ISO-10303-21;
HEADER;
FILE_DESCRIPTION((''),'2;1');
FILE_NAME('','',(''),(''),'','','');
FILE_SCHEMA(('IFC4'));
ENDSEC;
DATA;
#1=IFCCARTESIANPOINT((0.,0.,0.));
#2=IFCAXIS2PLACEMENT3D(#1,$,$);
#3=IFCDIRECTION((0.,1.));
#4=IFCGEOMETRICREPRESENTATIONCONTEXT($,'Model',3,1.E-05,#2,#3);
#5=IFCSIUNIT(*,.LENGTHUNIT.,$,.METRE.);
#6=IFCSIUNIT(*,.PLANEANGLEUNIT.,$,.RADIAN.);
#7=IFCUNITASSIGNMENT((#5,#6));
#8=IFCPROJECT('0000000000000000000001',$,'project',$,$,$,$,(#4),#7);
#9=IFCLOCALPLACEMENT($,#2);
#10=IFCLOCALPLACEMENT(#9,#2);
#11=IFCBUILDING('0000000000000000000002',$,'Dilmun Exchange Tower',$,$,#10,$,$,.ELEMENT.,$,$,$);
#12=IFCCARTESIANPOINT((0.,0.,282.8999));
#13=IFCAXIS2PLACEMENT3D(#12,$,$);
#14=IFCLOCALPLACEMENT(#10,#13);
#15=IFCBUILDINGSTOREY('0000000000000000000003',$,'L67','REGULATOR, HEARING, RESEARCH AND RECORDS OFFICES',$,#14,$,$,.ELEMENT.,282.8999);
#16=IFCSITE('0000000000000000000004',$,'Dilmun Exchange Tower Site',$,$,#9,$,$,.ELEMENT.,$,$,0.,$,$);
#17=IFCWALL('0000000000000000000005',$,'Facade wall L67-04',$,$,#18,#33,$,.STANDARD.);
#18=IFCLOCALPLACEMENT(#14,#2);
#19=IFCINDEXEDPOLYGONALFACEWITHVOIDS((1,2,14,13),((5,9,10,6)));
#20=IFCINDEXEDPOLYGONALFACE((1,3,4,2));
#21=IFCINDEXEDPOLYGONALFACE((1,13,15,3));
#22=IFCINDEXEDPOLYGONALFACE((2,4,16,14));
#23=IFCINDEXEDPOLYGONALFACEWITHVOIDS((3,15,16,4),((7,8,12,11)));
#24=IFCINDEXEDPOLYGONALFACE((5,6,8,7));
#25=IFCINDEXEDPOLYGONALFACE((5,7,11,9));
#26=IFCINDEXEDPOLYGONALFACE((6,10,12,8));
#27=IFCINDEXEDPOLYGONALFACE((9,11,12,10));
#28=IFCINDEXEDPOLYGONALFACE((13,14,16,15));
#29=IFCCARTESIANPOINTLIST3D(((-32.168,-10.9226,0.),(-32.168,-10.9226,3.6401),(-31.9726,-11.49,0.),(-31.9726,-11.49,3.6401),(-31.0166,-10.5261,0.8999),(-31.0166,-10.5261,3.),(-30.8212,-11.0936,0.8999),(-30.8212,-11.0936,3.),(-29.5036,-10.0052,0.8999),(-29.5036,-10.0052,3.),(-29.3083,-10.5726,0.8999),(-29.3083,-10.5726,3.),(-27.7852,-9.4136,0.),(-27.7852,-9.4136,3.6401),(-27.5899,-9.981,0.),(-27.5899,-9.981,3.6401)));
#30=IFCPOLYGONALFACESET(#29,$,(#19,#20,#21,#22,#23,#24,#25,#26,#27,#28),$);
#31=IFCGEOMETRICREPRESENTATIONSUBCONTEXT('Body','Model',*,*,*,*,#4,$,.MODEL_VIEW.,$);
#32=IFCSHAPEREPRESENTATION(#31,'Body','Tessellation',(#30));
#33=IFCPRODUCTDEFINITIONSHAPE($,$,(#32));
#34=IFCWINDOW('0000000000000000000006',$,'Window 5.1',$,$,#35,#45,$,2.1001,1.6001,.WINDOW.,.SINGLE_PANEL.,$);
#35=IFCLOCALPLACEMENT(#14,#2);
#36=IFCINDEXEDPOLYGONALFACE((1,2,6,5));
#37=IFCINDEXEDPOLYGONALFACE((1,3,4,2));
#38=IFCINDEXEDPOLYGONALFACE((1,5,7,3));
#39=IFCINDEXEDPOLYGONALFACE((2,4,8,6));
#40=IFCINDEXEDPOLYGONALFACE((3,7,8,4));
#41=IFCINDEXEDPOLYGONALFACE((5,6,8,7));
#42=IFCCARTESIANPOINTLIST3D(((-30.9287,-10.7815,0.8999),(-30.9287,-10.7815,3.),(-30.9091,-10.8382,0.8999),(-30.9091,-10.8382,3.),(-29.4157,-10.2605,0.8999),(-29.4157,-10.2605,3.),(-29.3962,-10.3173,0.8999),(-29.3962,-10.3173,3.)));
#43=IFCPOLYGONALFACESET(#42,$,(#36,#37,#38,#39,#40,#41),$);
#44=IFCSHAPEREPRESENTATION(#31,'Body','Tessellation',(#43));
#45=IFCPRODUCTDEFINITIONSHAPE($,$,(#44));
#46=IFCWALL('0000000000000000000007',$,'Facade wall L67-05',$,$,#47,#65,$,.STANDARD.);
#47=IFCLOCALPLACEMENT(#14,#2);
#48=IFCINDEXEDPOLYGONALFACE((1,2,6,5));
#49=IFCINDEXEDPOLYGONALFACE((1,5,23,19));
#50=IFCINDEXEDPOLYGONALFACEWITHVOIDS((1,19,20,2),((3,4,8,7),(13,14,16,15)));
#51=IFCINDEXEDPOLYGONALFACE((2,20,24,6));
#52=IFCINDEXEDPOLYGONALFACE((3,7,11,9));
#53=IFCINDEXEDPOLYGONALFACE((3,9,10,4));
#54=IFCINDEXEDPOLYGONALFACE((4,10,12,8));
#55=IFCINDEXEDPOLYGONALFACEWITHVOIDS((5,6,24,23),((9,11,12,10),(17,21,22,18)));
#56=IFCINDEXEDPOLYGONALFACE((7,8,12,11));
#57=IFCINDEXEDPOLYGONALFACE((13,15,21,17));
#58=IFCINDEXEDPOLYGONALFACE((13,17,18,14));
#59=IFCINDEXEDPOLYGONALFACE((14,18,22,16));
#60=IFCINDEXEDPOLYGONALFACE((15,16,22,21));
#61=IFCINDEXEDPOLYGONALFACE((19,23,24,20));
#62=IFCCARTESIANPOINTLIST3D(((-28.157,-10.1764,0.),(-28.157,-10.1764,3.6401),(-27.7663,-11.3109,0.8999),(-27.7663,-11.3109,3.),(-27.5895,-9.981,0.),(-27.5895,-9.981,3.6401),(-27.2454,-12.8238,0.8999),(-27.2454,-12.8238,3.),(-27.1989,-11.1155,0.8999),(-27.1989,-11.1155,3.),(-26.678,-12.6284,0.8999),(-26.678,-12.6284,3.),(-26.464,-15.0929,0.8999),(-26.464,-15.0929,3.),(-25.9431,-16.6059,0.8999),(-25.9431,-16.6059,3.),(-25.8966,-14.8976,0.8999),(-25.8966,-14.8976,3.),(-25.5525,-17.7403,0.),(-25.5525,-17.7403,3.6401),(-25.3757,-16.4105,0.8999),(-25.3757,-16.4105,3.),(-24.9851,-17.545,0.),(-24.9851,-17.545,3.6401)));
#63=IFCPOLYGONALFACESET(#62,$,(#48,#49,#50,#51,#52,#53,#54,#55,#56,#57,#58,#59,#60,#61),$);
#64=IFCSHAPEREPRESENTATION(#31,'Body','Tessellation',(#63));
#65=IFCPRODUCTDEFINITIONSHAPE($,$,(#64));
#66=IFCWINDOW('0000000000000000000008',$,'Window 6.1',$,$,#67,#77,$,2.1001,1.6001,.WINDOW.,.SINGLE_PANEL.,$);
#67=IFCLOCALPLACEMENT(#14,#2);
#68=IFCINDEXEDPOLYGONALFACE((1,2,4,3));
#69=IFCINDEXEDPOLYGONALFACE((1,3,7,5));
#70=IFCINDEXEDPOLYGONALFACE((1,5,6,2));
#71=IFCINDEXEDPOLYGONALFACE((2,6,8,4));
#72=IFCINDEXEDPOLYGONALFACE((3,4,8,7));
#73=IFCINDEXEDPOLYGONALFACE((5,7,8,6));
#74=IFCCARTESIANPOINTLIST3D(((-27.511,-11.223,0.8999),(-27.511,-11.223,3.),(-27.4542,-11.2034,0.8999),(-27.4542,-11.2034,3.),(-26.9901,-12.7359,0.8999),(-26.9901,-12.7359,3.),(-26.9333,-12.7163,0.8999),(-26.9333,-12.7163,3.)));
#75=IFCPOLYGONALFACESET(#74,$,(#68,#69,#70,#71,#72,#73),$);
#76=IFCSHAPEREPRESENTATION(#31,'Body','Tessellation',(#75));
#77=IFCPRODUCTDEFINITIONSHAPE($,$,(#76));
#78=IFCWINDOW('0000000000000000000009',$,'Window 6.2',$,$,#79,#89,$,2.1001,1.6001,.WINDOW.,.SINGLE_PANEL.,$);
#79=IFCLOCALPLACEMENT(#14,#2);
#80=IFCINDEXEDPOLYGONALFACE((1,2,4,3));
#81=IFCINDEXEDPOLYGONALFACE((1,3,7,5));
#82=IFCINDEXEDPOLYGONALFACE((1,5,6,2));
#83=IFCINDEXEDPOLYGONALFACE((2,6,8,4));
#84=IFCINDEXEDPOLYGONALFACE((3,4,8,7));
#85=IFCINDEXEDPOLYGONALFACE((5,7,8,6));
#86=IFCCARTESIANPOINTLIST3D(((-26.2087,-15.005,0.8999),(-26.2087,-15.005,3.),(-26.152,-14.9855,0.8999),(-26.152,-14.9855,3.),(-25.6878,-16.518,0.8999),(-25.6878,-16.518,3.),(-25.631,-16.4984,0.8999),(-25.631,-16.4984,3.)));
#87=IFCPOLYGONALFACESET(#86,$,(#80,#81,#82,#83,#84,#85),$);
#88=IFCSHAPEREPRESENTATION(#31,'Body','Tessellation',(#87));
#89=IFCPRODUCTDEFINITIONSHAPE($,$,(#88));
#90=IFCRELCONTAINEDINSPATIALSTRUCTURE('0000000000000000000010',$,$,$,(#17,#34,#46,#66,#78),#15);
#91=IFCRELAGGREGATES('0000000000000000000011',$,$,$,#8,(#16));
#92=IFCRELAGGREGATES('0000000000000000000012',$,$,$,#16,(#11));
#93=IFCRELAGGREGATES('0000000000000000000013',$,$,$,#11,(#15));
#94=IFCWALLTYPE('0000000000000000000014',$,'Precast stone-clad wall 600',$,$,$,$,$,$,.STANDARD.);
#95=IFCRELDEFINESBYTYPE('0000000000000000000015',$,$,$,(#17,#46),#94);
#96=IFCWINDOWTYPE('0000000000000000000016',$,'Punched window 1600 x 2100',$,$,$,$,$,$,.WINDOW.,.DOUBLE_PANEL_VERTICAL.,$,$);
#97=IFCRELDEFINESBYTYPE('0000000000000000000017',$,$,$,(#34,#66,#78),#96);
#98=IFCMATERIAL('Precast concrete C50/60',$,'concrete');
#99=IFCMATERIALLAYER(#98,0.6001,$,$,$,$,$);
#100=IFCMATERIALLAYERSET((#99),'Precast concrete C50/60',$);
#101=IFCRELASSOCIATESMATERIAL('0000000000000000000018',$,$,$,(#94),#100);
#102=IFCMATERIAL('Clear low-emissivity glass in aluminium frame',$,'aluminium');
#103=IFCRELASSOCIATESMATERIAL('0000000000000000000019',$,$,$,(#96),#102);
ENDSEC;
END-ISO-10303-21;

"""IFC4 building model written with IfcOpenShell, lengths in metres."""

from ifc_helpers import new_model, si_unit, direction, frame, frame_2d, origin, place, context, subcontext, project, spatial, rectangle, extrude, material, layer, layer_set, type_object, element, fill, save


model = new_model("IFC4")

# Units and contexts
model_context = context("Model", 3, precision=1e-05, world=origin(), true_north=direction((0.0, 1.0)))
body_context = subcontext(model_context, "Body", "Model", "MODEL_VIEW")
ifc_project = project(units=[si_unit("LENGTHUNIT", "METRE"), si_unit("PLANEANGLEUNIT", "RADIAN")], contexts=[model_context])

# Site, building, storey
site_placement = place(None, origin())
site = spatial("IfcSite", under=ifc_project, at=site_placement, Name="Dilmun Exchange Tower Site", CompositionType="ELEMENT", RefElevation=0.0)
building_placement = place(site_placement, origin())
building = spatial("IfcBuilding", under=site, at=building_placement, Name="Dilmun Exchange Tower", CompositionType="ELEMENT")
storey_placement = place(building_placement, frame((0.0, 0.0, 282.8999)))
storey = spatial("IfcBuildingStorey", under=building, at=storey_placement, Name="L67", Description="REGULATOR, HEARING, RESEARCH AND RECORDS OFFICES", CompositionType="ELEMENT", Elevation=282.8999)

# Wall, opening, window
ifc_material_1 = material(Name="Precast concrete C50/60", Category="concrete")
ifc_layer_1 = layer(ifc_material_1, 0.6001)
ifc_layer_set_1 = layer_set([ifc_layer_1], Name="Precast concrete C50/60")
wall_type_1 = type_object("IfcWallType", Name="Precast stone-clad wall 600", PredefinedType="STANDARD", material=ifc_layer_set_1)
wall_1_placement = place(storey_placement, frame((-32.0703, -11.2063, 0.0), z_axis=(0.0, 0.0, 1.0), x_axis=(0.945525, 0.325551, 0.0)))
wall_1 = element("IfcWall", 1, at=wall_1_placement, inside=storey, type_object=wall_type_1, Name="Facade wall L67-04", PredefinedType="STANDARD", context=body_context, shape_type="SweptSolid", body=[
    extrude(rectangle(XDim=4.6353, YDim=0.6001, at=frame_2d((2.3176, 0.0))), origin(), (0.0, 0.0, 1.0), 3.6401),
])
opening_1_placement = place(wall_1_placement, frame((1.2178, 0.0, 0.8999)))
opening_1 = element("IfcOpeningElement", 2, at=opening_1_placement, cuts=wall_1, PredefinedType="OPENING", context=body_context, shape_type="SweptSolid", body=[
    extrude(rectangle(XDim=1.6001, YDim=2.1001, at=frame_2d((0.8, 1.05))), frame((0.0, 0.3101, 0.0), z_axis=(0.0, -1.0, 0.0), x_axis=(1.0, 0.0, 0.0)), (0.0, 0.0, 1.0), 0.6201),
])
ifc_material_2 = material(Name="Clear low-emissivity glass in aluminium frame", Category="aluminium")
window_type = type_object("IfcWindowType", Name="Punched window 1600 x 2100", PartitioningType="DOUBLE_PANEL_VERTICAL", PredefinedType="WINDOW", material=ifc_material_2)
window_1_placement = place(opening_1_placement, origin())
window_1 = element("IfcWindow", 3, at=window_1_placement, inside=storey, type_object=window_type, Name="Window 5.1", OverallHeight=2.1001, OverallWidth=1.6001, PartitioningType="SINGLE_PANEL", PredefinedType="WINDOW", context=body_context, shape_type="SweptSolid", body=[
    extrude(rectangle(XDim=1.6001, YDim=2.1001, at=frame_2d((0.8, 1.05))), frame((0.0, 0.03, 0.0), z_axis=(0.0, -1.0, 0.0), x_axis=(1.0, 0.0, 0.0)), (0.0, 0.0, 1.0), 0.0601),
])
fill(opening_1, window_1)

# Wall, openings, windows
wall_2_placement = place(storey_placement, frame((-27.8733, -10.0786, 0.0), z_axis=(0.0, 0.0, 1.0), x_axis=(0.325569, -0.945518, 0.0)))
wall_2 = element("IfcWall", 4, at=wall_2_placement, inside=storey, type_object=wall_type_1, Name="Facade wall L67-05", PredefinedType="STANDARD", context=body_context, shape_type="SweptSolid", body=[
    extrude(rectangle(XDim=7.9998, YDim=0.6001, at=frame_2d((4.0, 0.0))), origin(), (0.0, 0.0, 1.0), 3.6401),
])
opening_2_placement = place(wall_2_placement, frame((1.2, 0.0, 0.8999)))
opening_2 = element("IfcOpeningElement", 5, at=opening_2_placement, cuts=wall_2, PredefinedType="OPENING", context=body_context, shape_type="SweptSolid", body=[
    extrude(rectangle(XDim=1.6001, YDim=2.1001, at=frame_2d((0.8, 1.05))), frame((0.0, 0.3101, 0.0), z_axis=(0.0, -1.0, 0.0), x_axis=(1.0, 0.0, 0.0)), (0.0, 0.0, 1.0), 0.6201),
])
opening_3_placement = place(wall_2_placement, frame((5.2, 0.0, 0.8999)))
opening_3 = element("IfcOpeningElement", 6, at=opening_3_placement, cuts=wall_2, PredefinedType="OPENING", context=body_context, shape_type="SweptSolid", body=[
    extrude(rectangle(XDim=1.6001, YDim=2.1001, at=frame_2d((0.8, 1.05))), frame((0.0, 0.3101, 0.0), z_axis=(0.0, -1.0, 0.0), x_axis=(1.0, 0.0, 0.0)), (0.0, 0.0, 1.0), 0.6201),
])
window_2_placement = place(opening_2_placement, origin())
window_2 = element("IfcWindow", 7, at=window_2_placement, inside=storey, type_object=window_type, Name="Window 6.1", OverallHeight=2.1001, OverallWidth=1.6001, PartitioningType="SINGLE_PANEL", PredefinedType="WINDOW", context=body_context, shape_type="SweptSolid", body=[
    extrude(rectangle(XDim=1.6001, YDim=2.1001, at=frame_2d((0.8, 1.05))), frame((0.0, 0.03, 0.0), z_axis=(0.0, -1.0, 0.0), x_axis=(1.0, 0.0, 0.0)), (0.0, 0.0, 1.0), 0.0601),
])
fill(opening_2, window_2)
window_3_placement = place(opening_3_placement, origin())
window_3 = element("IfcWindow", 8, at=window_3_placement, inside=storey, type_object=window_type, Name="Window 6.2", OverallHeight=2.1001, OverallWidth=1.6001, PartitioningType="SINGLE_PANEL", PredefinedType="WINDOW", context=body_context, shape_type="SweptSolid", body=[
    extrude(rectangle(XDim=1.6001, YDim=2.1001, at=frame_2d((0.8, 1.05))), frame((0.0, 0.03, 0.0), z_axis=(0.0, -1.0, 0.0), x_axis=(1.0, 0.0, 0.0)), (0.0, 0.0, 1.0), 0.0601),
])
fill(opening_3, window_3)

save(model, "model.ifc")
